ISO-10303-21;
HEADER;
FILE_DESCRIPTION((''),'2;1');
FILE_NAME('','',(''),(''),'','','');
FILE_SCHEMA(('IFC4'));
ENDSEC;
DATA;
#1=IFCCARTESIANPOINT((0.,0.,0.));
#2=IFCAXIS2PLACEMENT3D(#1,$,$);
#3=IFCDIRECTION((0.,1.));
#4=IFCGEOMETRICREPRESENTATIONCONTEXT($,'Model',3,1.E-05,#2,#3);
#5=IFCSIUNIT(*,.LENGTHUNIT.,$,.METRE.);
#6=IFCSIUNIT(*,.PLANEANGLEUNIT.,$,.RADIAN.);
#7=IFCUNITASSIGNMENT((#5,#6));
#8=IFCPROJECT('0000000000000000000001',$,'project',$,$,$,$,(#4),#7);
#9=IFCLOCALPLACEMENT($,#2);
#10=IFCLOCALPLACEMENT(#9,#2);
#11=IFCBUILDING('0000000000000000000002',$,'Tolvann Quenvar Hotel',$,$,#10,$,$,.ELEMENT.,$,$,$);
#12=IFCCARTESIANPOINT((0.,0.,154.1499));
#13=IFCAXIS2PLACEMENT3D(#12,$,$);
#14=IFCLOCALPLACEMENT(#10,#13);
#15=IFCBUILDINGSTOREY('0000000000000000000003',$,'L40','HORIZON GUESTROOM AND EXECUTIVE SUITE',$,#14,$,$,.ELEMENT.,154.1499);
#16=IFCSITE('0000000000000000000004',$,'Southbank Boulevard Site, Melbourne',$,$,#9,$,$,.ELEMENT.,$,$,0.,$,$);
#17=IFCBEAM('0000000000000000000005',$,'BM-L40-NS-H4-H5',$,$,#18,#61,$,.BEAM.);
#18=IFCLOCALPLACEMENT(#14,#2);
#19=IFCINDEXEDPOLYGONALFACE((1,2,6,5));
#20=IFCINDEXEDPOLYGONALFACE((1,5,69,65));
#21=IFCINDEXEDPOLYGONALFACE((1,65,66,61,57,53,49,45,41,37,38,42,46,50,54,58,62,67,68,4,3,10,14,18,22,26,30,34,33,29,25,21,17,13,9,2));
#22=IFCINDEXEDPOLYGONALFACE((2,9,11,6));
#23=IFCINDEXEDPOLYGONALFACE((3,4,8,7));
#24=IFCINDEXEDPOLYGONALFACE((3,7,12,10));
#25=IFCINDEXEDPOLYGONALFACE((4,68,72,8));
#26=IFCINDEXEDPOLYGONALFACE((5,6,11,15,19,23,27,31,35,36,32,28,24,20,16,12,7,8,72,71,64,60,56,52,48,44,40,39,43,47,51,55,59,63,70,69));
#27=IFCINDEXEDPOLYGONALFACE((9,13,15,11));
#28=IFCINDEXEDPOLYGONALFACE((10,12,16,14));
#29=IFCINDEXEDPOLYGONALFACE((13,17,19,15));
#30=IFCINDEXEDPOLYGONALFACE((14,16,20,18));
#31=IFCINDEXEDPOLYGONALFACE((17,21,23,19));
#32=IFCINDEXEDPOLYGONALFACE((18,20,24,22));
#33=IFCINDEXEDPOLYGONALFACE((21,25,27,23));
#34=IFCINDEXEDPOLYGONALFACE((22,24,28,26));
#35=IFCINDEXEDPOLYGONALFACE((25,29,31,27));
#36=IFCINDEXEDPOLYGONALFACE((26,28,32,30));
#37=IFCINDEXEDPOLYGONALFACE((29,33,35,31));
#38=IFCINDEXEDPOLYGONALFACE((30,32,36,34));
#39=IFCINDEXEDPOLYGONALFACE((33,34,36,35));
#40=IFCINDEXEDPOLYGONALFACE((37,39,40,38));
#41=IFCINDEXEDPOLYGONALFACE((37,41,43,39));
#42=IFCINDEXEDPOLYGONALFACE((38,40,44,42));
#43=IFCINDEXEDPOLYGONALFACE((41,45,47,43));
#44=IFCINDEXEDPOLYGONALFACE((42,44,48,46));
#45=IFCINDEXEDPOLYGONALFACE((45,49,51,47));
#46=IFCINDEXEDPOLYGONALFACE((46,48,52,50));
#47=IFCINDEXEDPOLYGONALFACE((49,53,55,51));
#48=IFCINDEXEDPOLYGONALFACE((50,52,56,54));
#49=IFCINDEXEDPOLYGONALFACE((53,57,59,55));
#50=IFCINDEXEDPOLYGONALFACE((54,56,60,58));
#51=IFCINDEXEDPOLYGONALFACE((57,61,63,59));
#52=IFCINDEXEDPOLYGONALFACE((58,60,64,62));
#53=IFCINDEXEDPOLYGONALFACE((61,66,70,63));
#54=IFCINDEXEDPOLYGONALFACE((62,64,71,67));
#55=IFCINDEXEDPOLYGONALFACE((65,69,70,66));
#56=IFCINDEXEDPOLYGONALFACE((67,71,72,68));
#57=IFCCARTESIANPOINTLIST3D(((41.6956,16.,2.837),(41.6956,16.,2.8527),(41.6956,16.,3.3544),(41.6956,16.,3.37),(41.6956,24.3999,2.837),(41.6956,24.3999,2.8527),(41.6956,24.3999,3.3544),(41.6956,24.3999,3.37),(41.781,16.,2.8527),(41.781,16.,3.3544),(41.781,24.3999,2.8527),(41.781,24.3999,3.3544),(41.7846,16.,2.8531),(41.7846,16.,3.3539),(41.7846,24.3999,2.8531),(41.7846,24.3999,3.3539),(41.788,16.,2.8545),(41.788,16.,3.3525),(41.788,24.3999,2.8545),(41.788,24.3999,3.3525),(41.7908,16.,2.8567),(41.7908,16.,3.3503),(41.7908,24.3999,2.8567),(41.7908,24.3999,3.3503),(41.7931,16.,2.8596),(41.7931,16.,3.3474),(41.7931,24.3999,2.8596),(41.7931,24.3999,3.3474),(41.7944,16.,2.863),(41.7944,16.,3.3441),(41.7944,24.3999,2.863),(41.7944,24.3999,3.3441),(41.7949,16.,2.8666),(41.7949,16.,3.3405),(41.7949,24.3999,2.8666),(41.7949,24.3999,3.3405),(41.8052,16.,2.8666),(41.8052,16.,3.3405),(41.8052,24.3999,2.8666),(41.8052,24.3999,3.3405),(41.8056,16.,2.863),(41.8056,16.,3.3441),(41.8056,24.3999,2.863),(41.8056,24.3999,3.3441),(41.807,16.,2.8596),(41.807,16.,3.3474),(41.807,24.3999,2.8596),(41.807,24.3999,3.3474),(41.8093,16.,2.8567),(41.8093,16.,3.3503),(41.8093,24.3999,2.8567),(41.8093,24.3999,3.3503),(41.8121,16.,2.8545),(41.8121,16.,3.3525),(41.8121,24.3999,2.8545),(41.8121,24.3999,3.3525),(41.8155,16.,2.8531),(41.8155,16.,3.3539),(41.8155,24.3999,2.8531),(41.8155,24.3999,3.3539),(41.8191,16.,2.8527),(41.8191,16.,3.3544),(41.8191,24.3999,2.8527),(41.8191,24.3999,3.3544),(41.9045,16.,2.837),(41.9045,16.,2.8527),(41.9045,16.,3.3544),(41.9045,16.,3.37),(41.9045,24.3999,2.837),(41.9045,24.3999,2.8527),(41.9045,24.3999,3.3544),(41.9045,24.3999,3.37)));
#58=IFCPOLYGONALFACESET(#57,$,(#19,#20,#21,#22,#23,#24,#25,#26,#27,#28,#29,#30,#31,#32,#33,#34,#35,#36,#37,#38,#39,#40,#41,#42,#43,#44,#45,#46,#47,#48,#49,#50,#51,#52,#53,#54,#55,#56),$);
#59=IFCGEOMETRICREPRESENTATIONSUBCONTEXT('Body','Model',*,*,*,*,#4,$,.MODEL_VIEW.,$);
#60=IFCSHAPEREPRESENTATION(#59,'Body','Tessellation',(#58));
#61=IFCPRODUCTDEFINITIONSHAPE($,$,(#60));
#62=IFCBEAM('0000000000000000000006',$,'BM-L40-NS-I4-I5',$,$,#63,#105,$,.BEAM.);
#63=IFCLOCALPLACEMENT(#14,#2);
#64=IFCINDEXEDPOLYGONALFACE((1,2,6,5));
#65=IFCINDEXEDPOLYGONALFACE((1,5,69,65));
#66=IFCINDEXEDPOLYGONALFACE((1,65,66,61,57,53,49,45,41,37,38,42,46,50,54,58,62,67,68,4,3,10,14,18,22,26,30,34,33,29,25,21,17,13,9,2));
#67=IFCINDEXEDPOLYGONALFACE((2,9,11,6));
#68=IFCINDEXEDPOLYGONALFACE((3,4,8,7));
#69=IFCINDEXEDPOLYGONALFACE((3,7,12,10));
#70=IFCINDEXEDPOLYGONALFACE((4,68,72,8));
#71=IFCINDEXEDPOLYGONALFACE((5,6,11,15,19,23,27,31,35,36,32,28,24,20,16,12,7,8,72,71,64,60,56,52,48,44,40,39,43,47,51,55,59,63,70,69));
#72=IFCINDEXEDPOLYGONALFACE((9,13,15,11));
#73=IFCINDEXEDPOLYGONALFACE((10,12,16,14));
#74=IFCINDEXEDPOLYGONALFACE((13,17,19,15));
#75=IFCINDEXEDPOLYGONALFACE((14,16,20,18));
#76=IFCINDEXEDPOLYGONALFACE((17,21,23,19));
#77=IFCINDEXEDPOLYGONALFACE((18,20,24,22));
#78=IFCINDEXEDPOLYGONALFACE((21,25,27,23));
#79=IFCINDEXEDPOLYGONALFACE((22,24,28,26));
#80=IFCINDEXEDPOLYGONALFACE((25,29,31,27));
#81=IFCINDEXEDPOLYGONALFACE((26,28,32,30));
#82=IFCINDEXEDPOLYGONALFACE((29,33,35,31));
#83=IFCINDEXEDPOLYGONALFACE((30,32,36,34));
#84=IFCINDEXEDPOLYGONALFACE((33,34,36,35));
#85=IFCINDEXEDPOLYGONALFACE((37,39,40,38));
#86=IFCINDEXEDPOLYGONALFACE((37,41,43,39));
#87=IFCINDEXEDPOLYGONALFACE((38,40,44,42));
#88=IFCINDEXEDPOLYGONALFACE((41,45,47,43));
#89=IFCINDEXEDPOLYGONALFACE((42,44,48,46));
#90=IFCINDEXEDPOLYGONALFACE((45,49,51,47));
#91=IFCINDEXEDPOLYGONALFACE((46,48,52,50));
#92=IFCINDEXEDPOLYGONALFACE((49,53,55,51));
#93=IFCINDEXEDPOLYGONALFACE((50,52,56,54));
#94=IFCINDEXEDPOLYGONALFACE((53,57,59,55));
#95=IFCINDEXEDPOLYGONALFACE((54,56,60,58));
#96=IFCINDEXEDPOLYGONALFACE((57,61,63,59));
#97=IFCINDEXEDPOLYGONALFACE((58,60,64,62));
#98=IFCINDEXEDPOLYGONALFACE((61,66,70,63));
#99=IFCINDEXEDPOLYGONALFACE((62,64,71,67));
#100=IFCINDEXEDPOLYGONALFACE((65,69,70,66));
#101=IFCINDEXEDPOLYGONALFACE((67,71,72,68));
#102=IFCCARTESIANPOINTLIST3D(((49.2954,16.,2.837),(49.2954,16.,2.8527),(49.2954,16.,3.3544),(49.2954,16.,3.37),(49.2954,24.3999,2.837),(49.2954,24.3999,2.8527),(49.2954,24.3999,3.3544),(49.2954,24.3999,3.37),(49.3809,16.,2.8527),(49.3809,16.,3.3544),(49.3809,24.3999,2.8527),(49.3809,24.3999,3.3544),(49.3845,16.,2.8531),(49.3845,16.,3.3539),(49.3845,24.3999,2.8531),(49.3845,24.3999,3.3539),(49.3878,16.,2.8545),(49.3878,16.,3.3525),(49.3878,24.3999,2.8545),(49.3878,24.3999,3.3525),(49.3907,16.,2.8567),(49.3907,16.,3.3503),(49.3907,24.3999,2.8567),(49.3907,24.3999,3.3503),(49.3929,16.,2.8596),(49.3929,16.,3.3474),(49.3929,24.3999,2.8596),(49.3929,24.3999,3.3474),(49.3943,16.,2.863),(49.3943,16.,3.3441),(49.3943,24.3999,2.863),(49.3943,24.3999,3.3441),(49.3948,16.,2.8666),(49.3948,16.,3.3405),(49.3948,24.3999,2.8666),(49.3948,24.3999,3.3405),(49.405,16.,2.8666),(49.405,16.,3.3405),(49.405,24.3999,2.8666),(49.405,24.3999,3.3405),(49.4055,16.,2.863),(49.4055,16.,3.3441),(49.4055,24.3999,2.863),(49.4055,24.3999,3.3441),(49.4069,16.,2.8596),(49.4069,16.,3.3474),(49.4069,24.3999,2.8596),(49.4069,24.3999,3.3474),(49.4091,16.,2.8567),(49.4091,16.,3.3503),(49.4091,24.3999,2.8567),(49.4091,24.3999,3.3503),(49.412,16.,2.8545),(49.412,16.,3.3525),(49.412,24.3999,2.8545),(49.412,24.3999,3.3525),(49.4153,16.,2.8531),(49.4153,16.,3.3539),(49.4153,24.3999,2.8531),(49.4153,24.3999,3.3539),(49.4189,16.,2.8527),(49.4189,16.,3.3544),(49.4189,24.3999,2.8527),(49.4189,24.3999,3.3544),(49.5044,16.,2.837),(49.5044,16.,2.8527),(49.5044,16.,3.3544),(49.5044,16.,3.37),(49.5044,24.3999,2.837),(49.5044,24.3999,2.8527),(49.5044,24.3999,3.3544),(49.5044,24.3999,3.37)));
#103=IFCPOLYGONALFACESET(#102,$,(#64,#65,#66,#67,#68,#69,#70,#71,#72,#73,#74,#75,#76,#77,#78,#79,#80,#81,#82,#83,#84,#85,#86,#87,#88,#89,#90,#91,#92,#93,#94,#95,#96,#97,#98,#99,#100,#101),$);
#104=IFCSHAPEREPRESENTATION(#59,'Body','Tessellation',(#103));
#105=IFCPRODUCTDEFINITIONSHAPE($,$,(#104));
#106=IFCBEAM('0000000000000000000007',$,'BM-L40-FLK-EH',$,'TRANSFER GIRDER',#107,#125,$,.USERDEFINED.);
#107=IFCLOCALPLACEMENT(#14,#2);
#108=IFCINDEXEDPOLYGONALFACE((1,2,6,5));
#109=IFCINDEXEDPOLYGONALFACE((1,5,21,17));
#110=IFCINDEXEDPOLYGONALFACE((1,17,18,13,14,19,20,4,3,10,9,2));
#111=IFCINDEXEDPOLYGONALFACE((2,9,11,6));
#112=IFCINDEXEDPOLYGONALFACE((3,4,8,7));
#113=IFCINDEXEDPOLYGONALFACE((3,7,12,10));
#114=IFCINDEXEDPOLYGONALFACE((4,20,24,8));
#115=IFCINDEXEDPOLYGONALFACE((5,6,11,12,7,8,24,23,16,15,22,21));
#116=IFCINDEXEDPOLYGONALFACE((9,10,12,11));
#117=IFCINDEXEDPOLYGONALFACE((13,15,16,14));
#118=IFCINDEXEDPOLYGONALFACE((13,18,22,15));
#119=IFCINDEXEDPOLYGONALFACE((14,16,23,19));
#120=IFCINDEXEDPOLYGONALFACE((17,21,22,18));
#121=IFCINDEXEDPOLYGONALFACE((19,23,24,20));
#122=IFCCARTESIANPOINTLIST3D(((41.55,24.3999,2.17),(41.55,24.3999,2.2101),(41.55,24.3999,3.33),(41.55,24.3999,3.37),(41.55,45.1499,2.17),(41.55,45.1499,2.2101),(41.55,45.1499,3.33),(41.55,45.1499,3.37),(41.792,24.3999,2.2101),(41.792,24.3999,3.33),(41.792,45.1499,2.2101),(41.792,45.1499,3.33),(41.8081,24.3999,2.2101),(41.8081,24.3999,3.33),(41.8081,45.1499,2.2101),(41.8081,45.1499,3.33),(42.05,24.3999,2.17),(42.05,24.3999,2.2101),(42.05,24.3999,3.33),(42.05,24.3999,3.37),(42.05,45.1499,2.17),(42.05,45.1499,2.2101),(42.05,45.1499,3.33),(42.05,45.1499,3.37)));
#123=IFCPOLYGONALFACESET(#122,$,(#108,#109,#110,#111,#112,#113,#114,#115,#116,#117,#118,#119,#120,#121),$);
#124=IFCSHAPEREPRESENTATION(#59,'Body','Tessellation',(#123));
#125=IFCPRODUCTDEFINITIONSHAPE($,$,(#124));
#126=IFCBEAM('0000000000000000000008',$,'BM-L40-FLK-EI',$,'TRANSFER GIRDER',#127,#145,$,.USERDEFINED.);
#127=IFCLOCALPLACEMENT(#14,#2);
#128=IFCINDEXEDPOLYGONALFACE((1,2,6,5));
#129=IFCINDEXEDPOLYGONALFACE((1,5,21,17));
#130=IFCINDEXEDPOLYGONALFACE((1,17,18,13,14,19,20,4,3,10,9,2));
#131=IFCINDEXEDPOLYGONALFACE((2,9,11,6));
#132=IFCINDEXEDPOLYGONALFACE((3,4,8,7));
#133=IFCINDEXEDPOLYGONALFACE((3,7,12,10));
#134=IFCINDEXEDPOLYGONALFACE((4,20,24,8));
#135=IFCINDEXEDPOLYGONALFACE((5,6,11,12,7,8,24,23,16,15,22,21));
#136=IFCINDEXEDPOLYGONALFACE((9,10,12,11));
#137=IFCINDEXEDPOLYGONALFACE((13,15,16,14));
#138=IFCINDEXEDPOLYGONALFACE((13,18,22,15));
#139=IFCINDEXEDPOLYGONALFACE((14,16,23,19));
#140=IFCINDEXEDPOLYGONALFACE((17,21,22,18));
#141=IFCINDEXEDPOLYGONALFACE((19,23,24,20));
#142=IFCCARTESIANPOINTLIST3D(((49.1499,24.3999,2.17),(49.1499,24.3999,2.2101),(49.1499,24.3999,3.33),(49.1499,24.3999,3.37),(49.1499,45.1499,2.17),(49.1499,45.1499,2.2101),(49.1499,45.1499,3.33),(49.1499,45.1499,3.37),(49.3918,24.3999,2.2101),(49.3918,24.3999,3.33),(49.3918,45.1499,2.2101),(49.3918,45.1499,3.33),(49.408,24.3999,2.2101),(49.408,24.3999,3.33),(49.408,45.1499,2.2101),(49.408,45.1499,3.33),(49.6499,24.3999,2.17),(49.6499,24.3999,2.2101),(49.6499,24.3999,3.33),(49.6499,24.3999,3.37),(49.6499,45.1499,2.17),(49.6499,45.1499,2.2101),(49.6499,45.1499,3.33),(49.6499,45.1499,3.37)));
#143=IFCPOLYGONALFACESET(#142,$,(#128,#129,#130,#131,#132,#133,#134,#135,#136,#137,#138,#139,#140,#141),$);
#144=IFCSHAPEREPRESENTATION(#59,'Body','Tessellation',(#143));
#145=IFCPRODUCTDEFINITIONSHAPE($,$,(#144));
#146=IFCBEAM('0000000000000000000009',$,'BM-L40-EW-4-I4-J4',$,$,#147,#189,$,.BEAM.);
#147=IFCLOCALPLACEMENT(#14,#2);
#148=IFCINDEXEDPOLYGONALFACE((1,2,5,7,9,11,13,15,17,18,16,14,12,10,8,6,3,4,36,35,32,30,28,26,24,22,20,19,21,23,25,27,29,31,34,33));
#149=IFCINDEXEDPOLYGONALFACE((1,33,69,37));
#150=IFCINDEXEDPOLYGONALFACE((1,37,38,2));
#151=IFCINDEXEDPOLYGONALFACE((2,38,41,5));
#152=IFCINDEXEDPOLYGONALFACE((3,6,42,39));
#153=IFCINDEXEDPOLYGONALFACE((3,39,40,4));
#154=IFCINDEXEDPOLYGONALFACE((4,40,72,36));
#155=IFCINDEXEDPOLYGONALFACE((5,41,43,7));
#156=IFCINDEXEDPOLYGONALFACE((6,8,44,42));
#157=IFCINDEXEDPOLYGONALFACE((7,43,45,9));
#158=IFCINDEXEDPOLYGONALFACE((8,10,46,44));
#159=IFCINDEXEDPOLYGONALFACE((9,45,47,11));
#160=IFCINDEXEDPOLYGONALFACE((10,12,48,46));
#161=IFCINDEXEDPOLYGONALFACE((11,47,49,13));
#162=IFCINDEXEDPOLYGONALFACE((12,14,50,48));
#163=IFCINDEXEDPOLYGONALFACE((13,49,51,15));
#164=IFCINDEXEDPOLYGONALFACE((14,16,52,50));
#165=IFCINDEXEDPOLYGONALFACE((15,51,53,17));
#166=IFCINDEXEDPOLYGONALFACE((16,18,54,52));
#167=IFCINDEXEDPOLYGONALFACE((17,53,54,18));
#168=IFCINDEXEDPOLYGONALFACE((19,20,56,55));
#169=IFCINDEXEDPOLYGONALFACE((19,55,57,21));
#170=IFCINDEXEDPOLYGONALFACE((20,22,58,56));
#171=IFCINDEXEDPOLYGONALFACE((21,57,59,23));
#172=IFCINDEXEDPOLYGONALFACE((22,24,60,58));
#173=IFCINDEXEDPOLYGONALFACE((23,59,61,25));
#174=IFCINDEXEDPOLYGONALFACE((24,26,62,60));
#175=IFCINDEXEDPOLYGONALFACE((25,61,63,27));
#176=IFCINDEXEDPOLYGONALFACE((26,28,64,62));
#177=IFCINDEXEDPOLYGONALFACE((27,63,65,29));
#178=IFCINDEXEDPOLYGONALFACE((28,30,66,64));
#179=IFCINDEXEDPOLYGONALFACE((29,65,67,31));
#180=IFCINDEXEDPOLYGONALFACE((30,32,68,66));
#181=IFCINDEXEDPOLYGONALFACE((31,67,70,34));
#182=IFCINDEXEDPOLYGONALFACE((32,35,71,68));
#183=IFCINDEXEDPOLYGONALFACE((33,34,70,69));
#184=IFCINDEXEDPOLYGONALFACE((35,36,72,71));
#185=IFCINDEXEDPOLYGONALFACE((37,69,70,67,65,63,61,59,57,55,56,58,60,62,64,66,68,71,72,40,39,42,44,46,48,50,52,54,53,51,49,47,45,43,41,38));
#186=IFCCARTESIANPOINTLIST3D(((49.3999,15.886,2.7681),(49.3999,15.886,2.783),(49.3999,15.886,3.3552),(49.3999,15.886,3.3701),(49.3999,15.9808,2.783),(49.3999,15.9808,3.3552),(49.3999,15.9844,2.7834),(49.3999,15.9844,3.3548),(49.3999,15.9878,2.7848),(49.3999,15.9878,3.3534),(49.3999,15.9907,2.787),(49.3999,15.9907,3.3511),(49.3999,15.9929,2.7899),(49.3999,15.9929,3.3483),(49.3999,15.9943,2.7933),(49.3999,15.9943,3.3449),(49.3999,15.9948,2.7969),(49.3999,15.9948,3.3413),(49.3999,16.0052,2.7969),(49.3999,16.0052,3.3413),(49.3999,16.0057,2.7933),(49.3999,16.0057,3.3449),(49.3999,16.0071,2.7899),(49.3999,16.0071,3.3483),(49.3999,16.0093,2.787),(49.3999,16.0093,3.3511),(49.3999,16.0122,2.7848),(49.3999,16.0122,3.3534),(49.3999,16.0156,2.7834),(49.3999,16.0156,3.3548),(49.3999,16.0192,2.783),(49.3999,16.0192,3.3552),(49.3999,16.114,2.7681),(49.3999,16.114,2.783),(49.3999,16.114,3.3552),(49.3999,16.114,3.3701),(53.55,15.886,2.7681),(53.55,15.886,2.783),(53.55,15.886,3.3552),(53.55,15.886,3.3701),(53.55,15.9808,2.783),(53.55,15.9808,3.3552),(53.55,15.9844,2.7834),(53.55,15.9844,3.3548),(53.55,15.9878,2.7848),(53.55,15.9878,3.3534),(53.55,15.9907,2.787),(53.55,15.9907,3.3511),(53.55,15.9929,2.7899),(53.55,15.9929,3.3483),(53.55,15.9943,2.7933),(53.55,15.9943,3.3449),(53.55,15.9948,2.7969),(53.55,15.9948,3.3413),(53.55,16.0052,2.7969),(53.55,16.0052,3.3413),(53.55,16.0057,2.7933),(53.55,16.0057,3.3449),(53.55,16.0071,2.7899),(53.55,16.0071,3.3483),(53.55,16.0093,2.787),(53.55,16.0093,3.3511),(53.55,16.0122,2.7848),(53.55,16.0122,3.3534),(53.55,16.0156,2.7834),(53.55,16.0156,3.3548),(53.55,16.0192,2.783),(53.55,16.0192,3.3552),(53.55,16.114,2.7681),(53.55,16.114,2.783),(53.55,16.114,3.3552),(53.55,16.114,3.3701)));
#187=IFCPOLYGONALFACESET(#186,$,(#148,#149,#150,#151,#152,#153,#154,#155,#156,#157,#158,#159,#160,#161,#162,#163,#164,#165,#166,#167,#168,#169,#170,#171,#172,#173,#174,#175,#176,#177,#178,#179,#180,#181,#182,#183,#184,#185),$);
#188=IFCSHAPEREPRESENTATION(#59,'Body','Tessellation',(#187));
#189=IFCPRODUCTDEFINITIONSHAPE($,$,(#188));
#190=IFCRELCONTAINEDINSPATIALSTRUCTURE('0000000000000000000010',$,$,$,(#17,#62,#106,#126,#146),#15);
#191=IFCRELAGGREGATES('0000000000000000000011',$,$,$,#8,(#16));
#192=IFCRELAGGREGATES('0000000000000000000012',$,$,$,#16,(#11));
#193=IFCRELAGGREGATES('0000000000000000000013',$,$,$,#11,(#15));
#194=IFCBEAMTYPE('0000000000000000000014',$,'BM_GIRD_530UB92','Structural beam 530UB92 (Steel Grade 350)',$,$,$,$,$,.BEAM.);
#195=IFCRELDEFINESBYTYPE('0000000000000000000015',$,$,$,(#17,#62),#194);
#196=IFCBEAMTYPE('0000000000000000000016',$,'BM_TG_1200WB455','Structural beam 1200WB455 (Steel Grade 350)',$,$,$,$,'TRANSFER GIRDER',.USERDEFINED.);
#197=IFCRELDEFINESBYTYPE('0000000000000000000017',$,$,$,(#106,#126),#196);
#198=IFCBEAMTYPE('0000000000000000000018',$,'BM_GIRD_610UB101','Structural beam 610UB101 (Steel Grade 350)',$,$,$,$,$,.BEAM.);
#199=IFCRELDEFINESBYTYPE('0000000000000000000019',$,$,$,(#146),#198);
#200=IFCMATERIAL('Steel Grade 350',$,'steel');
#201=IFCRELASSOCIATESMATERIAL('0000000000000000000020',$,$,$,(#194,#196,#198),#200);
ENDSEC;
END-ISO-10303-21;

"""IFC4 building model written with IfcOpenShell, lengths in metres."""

from ifc_helpers import new_model, si_unit, direction, frame, origin, origin_2d, place, context, subcontext, project, spatial, i_section, extrude, source, transform, mapped, material, material_profile, profile_set, type_object, type_shapes, element, save


model = new_model("IFC4")

# Units and contexts
model_context = context("Model", 3, precision=1e-05, world=origin(), true_north=direction((0.0, 1.0)))
body_context = subcontext(model_context, "Body", "Model", "MODEL_VIEW")
ifc_project = project(units=[si_unit("LENGTHUNIT", "METRE"), si_unit("PLANEANGLEUNIT", "RADIAN")], contexts=[model_context])

# Site, building, storey
site_placement = place(None, origin())
site = spatial("IfcSite", under=ifc_project, at=site_placement, Name="Southbank Boulevard Site, Melbourne", CompositionType="ELEMENT", RefElevation=0.0)
building_placement = place(site_placement, origin())
building = spatial("IfcBuilding", under=site, at=building_placement, Name="Tolvann Quenvar Hotel", CompositionType="ELEMENT")
storey_placement = place(building_placement, frame((0.0, 0.0, 154.1499)))
storey = spatial("IfcBuildingStorey", under=building, at=storey_placement, Name="L40", Description="HORIZON GUESTROOM AND EXECUTIVE SUITE", CompositionType="ELEMENT", Elevation=154.1499)

# Shared definitions
ifc_material_1 = material(Name="Steel Grade 350", Category="steel")

# Beams
ifc_material_profile_1 = material_profile(ifc_material_1, i_section(OverallWidth=0.209, OverallDepth=0.533, WebThickness=0.0103, FlangeThickness=0.0156, FilletRadius=0.0139, at=origin_2d()), Name="530UB92")
ifc_profile_set_1 = profile_set([ifc_material_profile_1], Name="Steel Grade 350")
beam_type_1 = type_object("IfcBeamType", Name="BM_GIRD_530UB92", Description="Structural beam 530UB92 (Steel Grade 350)", PredefinedType="BEAM", material=ifc_profile_set_1)
shared_shape_1 = source(origin(), body_context, "Body", "SweptSolid", [
    extrude(i_section(OverallWidth=0.209, OverallDepth=0.533, WebThickness=0.0103, FlangeThickness=0.0156, FilletRadius=0.0139, at=origin_2d()), origin(), (0.0, 0.0, 1.0), 8.3999),
])
type_shapes(beam_type_1, [shared_shape_1])
for number, where, z_axis, x_axis, name in (
    (1, (41.8, 16.0, 3.1035), (0.0, 1.0, 0.0), (-1.0, 0.0, 0.0), "BM-L40-NS-H4-H5"),
    (2, (49.3999, 16.0, 3.1035), (0.0, 1.0, 0.0), (-1.0, 0.0, 0.0), "BM-L40-NS-I4-I5"),
):
    element("IfcBeam", number, at=place(storey_placement, frame(where, z_axis=z_axis, x_axis=x_axis)), inside=storey, type_object=beam_type_1, Name=name, PredefinedType="BEAM", context=body_context, shape_type="MappedRepresentation", body=[
        mapped(shared_shape_1, transform((0.0, 0.0, 0.0), x_axis=(1.0, 0.0, 0.0), y_axis=(0.0, 1.0, 0.0), z_axis=(0.0, 0.0, 1.0), scale=1.0)),
    ])
ifc_material_profile_2 = material_profile(ifc_material_1, i_section(OverallWidth=0.5, OverallDepth=1.2, WebThickness=0.0161, FlangeThickness=0.04, at=origin_2d()), Name="1200WB455")
ifc_profile_set_2 = profile_set([ifc_material_profile_2], Name="Steel Grade 350")
beam_type_2 = type_object("IfcBeamType", Name="BM_TG_1200WB455", Description="Structural beam 1200WB455 (Steel Grade 350)", ElementType="TRANSFER GIRDER", PredefinedType="USERDEFINED", material=ifc_profile_set_2)
shared_shape_2 = source(origin(), body_context, "Body", "SweptSolid", [
    extrude(i_section(OverallWidth=0.5, OverallDepth=1.2, WebThickness=0.0161, FlangeThickness=0.04, at=origin_2d()), origin(), (0.0, 0.0, 1.0), 20.75),
])
type_shapes(beam_type_2, [shared_shape_2])
for number, where, z_axis, x_axis, name in (
    (3, (41.8, 24.3999, 2.77), (0.0, 1.0, 0.0), (-1.0, 0.0, 0.0), "BM-L40-FLK-EH"),
    (4, (49.3999, 24.3999, 2.77), (0.0, 1.0, 0.0), (-1.0, 0.0, 0.0), "BM-L40-FLK-EI"),
):
    element("IfcBeam", number, at=place(storey_placement, frame(where, z_axis=z_axis, x_axis=x_axis)), inside=storey, type_object=beam_type_2, Name=name, ObjectType="TRANSFER GIRDER", PredefinedType="USERDEFINED", context=body_context, shape_type="MappedRepresentation", body=[
        mapped(shared_shape_2, transform((0.0, 0.0, 0.0), x_axis=(1.0, 0.0, 0.0), y_axis=(0.0, 1.0, 0.0), z_axis=(0.0, 0.0, 1.0), scale=1.0)),
    ])
ifc_material_profile_3 = material_profile(ifc_material_1, i_section(OverallWidth=0.228, OverallDepth=0.6021, WebThickness=0.0105, FlangeThickness=0.0149, FilletRadius=0.0139, at=origin_2d()), Name="610UB101")
ifc_profile_set_3 = profile_set([ifc_material_profile_3], Name="Steel Grade 350")
beam_type_3 = type_object("IfcBeamType", Name="BM_GIRD_610UB101", Description="Structural beam 610UB101 (Steel Grade 350)", PredefinedType="BEAM", material=ifc_profile_set_3)
shared_shape_3 = source(origin(), body_context, "Body", "SweptSolid", [
    extrude(i_section(OverallWidth=0.228, OverallDepth=0.6021, WebThickness=0.0105, FlangeThickness=0.0149, FilletRadius=0.0139, at=origin_2d()), origin(), (0.0, 0.0, 1.0), 4.1501),
])
for number, where, z_axis, x_axis, name in (
    (5, (49.3999, 16.0, 3.0691), (1.0, 0.0, 0.0), (0.0, 1.0, 0.0), "BM-L40-EW-4-I4-J4"),
):
    element("IfcBeam", number, at=place(storey_placement, frame(where, z_axis=z_axis, x_axis=x_axis)), inside=storey, type_object=beam_type_3, Name=name, PredefinedType="BEAM", context=body_context, shape_type="MappedRepresentation", body=[
        mapped(shared_shape_3, transform((0.0, 0.0, 0.0), x_axis=(1.0, 0.0, 0.0), y_axis=(0.0, 1.0, 0.0), z_axis=(0.0, 0.0, 1.0), scale=1.0)),
    ])

save(model, "model.ifc")
